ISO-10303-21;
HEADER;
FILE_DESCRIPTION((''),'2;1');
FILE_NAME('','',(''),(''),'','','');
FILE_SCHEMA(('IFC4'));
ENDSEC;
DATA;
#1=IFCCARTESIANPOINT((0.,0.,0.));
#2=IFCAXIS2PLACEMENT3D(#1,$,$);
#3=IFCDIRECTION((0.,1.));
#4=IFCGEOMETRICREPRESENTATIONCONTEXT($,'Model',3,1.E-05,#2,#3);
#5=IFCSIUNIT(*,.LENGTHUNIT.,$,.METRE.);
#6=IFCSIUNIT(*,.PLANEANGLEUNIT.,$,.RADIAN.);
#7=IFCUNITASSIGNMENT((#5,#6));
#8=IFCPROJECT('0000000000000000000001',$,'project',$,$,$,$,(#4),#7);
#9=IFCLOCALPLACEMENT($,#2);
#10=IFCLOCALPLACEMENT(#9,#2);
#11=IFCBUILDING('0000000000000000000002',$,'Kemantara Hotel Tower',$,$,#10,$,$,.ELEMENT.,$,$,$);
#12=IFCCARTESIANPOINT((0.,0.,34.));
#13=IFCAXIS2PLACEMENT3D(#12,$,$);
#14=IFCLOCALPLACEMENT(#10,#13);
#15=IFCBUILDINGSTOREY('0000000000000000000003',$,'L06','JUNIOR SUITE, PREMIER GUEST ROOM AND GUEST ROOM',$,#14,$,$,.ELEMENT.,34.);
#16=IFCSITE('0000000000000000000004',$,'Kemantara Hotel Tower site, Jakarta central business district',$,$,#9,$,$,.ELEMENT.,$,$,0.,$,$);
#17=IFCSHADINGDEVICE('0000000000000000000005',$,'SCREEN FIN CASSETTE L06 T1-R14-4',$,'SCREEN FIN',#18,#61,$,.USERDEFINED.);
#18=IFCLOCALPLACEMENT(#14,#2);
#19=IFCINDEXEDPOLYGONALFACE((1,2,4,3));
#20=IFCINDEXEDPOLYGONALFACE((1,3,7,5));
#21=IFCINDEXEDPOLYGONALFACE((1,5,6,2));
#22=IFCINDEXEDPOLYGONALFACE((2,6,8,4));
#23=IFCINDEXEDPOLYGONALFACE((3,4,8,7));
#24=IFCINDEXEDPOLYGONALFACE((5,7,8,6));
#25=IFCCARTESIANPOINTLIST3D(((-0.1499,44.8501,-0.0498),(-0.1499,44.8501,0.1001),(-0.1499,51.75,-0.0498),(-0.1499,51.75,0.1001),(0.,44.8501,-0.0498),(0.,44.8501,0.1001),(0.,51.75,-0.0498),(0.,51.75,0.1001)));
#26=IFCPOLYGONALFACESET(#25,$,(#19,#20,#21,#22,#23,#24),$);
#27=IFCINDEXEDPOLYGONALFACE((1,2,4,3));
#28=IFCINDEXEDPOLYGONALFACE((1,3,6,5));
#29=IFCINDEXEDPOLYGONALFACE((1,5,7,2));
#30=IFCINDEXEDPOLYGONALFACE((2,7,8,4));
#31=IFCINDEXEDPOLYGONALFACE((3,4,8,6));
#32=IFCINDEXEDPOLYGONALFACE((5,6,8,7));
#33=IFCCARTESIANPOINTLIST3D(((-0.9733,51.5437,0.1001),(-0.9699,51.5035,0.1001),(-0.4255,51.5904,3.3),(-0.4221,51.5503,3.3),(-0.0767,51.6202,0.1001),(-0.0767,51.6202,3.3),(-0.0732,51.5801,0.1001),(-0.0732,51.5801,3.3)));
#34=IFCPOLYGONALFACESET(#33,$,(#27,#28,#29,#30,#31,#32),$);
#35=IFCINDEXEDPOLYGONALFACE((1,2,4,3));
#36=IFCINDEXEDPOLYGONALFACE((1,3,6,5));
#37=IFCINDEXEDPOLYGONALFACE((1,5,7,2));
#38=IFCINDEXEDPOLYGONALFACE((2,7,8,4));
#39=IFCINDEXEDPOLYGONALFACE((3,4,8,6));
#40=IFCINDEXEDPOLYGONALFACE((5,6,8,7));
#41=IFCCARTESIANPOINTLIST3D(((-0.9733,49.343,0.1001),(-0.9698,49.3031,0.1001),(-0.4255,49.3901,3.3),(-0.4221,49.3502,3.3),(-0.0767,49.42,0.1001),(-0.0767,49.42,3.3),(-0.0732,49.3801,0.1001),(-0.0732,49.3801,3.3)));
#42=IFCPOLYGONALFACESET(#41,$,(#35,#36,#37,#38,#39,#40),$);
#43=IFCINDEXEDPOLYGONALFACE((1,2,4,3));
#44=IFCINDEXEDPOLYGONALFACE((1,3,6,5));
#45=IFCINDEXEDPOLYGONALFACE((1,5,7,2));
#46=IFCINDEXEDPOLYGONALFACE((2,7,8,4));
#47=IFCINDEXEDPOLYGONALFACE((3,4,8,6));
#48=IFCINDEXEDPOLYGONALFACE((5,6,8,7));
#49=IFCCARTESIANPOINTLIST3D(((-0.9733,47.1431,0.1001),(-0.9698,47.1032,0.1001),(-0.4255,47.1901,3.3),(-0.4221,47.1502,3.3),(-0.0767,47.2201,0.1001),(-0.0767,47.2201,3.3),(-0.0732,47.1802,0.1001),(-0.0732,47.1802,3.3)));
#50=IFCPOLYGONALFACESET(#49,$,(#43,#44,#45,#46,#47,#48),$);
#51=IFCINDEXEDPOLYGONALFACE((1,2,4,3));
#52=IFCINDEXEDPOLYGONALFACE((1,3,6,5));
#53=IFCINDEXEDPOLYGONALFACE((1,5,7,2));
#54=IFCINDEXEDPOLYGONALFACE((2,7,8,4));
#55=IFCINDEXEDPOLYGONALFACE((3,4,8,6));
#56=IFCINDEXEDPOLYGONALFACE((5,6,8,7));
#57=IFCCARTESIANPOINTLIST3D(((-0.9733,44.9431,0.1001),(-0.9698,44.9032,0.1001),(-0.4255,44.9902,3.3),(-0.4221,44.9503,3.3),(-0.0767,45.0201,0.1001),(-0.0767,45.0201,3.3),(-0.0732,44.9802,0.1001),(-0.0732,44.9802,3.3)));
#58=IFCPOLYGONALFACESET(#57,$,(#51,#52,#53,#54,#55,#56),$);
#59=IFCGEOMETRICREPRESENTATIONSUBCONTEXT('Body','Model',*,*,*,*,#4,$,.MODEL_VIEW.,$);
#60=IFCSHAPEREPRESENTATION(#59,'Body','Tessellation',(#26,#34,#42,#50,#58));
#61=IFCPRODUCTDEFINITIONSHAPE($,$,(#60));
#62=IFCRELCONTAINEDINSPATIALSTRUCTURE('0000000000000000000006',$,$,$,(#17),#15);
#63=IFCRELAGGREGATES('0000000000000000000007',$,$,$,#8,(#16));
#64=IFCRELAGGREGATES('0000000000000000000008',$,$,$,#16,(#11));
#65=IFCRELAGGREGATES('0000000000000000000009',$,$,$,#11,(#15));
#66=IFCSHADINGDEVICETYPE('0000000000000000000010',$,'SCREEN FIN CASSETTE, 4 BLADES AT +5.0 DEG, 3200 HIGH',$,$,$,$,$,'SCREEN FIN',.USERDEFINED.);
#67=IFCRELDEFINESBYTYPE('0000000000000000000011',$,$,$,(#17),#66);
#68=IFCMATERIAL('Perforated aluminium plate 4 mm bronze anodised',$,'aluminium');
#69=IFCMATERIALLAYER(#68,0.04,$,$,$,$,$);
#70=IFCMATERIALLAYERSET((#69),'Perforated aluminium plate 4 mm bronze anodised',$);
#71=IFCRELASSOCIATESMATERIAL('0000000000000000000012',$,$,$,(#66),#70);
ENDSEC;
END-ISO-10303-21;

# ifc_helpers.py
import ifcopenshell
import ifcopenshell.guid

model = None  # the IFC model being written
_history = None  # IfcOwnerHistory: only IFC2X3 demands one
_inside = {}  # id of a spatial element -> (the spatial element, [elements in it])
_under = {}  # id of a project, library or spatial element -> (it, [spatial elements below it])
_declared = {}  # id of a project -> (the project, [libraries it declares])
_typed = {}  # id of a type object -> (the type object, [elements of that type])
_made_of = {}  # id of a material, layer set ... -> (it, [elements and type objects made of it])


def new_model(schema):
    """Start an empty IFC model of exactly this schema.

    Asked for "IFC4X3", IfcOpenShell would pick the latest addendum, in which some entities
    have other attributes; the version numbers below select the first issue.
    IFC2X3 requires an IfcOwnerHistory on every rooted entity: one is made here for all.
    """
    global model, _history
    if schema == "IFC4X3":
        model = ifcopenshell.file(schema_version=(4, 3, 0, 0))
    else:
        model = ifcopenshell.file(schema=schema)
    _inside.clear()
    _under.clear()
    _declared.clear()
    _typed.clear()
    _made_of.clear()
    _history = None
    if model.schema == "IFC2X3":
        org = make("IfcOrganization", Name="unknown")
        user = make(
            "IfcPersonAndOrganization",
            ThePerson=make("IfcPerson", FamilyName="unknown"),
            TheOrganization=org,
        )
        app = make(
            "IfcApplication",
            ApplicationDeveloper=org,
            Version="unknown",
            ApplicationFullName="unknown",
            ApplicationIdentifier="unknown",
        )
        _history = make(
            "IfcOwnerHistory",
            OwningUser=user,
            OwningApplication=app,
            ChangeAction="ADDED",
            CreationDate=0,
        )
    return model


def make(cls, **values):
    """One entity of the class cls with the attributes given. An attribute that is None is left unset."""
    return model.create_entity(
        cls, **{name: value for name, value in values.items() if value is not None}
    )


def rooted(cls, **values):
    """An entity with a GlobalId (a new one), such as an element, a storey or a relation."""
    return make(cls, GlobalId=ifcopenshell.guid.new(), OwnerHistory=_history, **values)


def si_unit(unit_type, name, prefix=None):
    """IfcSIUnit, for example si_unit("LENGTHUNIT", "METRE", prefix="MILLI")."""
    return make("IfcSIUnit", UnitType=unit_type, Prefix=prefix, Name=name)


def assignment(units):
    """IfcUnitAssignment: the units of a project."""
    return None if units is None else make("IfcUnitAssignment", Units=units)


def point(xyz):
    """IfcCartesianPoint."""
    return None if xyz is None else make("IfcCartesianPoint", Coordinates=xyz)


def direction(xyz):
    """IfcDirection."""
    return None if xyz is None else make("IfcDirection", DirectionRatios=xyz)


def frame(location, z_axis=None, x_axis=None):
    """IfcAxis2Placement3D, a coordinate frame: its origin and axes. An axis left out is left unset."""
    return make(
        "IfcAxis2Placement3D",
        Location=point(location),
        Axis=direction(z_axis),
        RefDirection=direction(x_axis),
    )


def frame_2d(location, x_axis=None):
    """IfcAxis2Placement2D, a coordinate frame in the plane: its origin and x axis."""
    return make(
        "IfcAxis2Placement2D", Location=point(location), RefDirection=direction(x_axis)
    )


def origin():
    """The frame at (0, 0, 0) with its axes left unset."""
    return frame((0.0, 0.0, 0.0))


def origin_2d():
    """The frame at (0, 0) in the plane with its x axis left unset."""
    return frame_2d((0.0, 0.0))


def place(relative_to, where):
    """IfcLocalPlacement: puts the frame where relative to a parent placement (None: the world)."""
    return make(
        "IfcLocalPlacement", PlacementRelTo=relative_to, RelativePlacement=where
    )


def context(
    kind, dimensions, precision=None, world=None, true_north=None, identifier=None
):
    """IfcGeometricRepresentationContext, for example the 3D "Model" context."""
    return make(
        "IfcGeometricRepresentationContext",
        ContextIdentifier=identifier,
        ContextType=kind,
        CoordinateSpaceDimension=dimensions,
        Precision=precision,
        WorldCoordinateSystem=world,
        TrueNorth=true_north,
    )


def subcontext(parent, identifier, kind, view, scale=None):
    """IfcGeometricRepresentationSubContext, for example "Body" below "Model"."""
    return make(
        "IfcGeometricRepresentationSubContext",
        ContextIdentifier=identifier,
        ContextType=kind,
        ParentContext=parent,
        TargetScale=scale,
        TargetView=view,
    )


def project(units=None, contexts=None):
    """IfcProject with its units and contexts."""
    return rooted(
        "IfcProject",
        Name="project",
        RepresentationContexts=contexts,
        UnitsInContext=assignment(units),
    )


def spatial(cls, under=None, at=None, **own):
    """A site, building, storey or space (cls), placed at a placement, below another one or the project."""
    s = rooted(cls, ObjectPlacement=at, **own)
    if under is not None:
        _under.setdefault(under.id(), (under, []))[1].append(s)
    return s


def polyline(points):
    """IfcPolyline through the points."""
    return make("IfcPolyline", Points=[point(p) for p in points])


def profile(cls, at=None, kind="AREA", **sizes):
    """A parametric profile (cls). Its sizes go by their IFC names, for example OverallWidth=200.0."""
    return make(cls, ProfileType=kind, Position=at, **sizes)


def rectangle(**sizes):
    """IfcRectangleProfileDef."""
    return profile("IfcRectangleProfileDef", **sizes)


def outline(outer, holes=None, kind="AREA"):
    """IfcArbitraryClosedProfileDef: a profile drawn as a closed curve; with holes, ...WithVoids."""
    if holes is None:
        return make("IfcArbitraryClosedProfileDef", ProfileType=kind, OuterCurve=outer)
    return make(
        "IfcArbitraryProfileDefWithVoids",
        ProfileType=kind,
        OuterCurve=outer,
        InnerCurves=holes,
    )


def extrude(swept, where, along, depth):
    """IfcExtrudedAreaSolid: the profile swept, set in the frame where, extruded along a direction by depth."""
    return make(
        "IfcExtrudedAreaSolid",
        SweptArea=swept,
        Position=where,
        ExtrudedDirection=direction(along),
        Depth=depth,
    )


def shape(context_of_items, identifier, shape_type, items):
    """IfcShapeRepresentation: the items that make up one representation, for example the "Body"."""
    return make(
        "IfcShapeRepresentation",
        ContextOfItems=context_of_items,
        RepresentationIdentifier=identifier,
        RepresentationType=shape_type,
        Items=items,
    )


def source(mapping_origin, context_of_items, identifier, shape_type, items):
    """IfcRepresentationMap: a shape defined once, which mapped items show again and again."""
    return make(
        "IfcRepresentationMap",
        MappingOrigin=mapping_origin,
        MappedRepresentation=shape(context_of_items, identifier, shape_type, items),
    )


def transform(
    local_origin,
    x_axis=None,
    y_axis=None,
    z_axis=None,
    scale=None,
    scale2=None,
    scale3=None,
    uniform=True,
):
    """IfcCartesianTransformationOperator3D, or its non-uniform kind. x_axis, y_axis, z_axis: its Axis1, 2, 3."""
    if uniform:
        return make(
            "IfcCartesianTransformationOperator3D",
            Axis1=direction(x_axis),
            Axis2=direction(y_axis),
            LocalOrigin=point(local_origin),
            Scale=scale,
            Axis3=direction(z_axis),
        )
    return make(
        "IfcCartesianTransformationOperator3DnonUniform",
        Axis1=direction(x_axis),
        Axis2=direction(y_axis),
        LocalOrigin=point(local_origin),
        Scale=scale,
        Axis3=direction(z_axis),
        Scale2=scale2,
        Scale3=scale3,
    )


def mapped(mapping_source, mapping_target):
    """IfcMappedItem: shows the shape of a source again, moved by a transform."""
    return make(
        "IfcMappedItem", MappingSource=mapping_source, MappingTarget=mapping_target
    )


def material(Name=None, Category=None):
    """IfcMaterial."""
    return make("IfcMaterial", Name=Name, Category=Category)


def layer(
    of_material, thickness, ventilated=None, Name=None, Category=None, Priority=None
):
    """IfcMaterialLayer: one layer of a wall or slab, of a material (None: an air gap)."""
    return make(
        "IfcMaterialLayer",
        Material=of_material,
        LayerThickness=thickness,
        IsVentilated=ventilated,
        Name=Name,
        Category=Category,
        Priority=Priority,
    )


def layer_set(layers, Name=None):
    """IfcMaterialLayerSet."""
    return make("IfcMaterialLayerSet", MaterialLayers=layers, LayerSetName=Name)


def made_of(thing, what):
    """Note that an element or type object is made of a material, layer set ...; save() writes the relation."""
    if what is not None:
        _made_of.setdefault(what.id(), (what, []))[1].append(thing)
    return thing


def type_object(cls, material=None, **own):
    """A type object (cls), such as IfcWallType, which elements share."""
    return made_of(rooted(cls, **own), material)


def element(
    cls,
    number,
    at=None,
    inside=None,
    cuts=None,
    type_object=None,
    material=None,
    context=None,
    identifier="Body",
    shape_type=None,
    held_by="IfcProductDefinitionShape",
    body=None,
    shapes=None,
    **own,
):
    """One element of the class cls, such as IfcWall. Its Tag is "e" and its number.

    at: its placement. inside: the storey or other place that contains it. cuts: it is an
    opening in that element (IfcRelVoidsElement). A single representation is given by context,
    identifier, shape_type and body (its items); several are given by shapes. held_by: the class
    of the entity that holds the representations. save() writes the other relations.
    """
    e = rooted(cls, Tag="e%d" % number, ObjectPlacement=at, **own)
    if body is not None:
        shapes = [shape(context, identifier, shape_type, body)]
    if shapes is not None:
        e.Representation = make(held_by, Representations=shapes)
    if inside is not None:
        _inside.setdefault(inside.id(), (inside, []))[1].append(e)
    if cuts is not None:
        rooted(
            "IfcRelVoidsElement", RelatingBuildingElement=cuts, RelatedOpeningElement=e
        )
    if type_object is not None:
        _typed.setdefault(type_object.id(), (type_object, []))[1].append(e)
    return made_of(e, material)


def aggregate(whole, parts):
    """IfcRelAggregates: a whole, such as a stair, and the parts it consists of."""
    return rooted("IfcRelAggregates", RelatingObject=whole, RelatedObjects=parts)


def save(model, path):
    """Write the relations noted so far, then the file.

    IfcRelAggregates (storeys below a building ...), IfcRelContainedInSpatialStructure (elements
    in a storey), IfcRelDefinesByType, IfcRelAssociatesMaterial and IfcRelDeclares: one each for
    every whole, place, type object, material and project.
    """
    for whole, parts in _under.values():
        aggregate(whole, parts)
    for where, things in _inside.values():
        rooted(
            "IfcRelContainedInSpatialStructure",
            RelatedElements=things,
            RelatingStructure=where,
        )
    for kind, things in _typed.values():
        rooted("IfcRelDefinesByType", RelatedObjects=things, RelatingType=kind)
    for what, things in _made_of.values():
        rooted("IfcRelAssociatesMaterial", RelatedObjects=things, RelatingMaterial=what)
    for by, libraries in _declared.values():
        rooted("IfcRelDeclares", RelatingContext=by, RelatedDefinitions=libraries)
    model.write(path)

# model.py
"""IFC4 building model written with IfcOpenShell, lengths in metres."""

from ifc_helpers import new_model, si_unit, direction, frame, origin, origin_2d, place, context, subcontext, project, spatial, polyline, rectangle, outline, extrude, source, transform, mapped, material, layer, layer_set, type_object, element, save


model = new_model("IFC4")

# Units and contexts
model_context = context("Model", 3, precision=1e-05, world=origin(), true_north=direction((0.0, 1.0)))
body_context = subcontext(model_context, "Body", "Model", "MODEL_VIEW")
ifc_project = project(units=[si_unit("LENGTHUNIT", "METRE"), si_unit("PLANEANGLEUNIT", "RADIAN")], contexts=[model_context])

# Site, building, storey
site_placement = place(None, origin())
site = spatial("IfcSite", under=ifc_project, at=site_placement, Name="Kemantara Hotel Tower site, Jakarta central business district", CompositionType="ELEMENT", RefElevation=0.0)
building_placement = place(site_placement, origin())
building = spatial("IfcBuilding", under=site, at=building_placement, Name="Kemantara Hotel Tower", CompositionType="ELEMENT")
storey_placement = place(building_placement, frame((0.0, 0.0, 34.0)))
storey = spatial("IfcBuildingStorey", under=building, at=storey_placement, Name="L06", Description="JUNIOR SUITE, PREMIER GUEST ROOM AND GUEST ROOM", CompositionType="ELEMENT", Elevation=34.0)

# Shading device
ifc_material_1 = material(Name="Perforated aluminium plate 4 mm bronze anodised", Category="aluminium")
ifc_layer_1 = layer(ifc_material_1, 0.04)
ifc_layer_set_1 = layer_set([ifc_layer_1], Name="Perforated aluminium plate 4 mm bronze anodised")
shading_device_type = type_object("IfcShadingDeviceType", Name="SCREEN FIN CASSETTE, 4 BLADES AT +5.0 DEG, 3200 HIGH", ElementType="SCREEN FIN", PredefinedType="USERDEFINED", material=ifc_layer_set_1)
shared_shape = source(origin(), body_context, "Body", "SweptSolid", [
    extrude(rectangle(XDim=6.8999, YDim=0.1499, at=origin_2d()), frame((3.3, -0.075, -0.1499), z_axis=(0.0, 0.0, 1.0), x_axis=(1.0, 0.0, 0.0)), (0.0, 0.0, 1.0), 0.1499),
    extrude(outline(polyline([(0.0, 0.0), (0.8999, 0.0), (0.3501, 3.2), (0.0, 3.2), (0.0, 0.0)])), frame((0.02, -0.0732, 0.0), z_axis=(-0.996376, -0.085056, 0.0), x_axis=(0.085056, -0.996376, 0.0)), (0.0, 0.0, 1.0), 0.0403),
    extrude(outline(polyline([(0.0, 0.0), (0.8999, 0.0), (0.3501, 3.2), (0.0, 3.2), (0.0, 0.0)])), frame((2.22, -0.0732, 0.0), z_axis=(-0.996332, -0.085575, 0.0), x_axis=(0.085575, -0.996332, 0.0)), (0.0, 0.0, 1.0), 0.04),
    extrude(outline(polyline([(0.0, 0.0), (0.8999, 0.0), (0.3501, 3.2), (0.0, 3.2), (0.0, 0.0)])), frame((4.4199, -0.0732, 0.0), z_axis=(-0.996332, -0.085575, 0.0), x_axis=(0.085575, -0.996332, 0.0)), (0.0, 0.0, 1.0), 0.04),
    extrude(outline(polyline([(0.0, 0.0), (0.8999, 0.0), (0.3501, 3.2), (0.0, 3.2), (0.0, 0.0)])), frame((6.6199, -0.0732, 0.0), z_axis=(-0.996332, -0.085575, 0.0), x_axis=(0.085575, -0.996332, 0.0)), (0.0, 0.0, 1.0), 0.04),
])
shading_device_placement = place(storey_placement, frame((0.0, 51.6001, 0.1001), z_axis=(0.0, 0.0, 1.0), x_axis=(0.0, -1.0, 0.0)))
element("IfcShadingDevice", 1, at=shading_device_placement, inside=storey, type_object=shading_device_type, Name="SCREEN FIN CASSETTE L06 T1-R14-4", ObjectType="SCREEN FIN", PredefinedType="USERDEFINED", context=body_context, shape_type="MappedRepresentation", body=[
    mapped(shared_shape, transform((0.0, 0.0, 0.0))),
])

save(model, "model.ifc")
